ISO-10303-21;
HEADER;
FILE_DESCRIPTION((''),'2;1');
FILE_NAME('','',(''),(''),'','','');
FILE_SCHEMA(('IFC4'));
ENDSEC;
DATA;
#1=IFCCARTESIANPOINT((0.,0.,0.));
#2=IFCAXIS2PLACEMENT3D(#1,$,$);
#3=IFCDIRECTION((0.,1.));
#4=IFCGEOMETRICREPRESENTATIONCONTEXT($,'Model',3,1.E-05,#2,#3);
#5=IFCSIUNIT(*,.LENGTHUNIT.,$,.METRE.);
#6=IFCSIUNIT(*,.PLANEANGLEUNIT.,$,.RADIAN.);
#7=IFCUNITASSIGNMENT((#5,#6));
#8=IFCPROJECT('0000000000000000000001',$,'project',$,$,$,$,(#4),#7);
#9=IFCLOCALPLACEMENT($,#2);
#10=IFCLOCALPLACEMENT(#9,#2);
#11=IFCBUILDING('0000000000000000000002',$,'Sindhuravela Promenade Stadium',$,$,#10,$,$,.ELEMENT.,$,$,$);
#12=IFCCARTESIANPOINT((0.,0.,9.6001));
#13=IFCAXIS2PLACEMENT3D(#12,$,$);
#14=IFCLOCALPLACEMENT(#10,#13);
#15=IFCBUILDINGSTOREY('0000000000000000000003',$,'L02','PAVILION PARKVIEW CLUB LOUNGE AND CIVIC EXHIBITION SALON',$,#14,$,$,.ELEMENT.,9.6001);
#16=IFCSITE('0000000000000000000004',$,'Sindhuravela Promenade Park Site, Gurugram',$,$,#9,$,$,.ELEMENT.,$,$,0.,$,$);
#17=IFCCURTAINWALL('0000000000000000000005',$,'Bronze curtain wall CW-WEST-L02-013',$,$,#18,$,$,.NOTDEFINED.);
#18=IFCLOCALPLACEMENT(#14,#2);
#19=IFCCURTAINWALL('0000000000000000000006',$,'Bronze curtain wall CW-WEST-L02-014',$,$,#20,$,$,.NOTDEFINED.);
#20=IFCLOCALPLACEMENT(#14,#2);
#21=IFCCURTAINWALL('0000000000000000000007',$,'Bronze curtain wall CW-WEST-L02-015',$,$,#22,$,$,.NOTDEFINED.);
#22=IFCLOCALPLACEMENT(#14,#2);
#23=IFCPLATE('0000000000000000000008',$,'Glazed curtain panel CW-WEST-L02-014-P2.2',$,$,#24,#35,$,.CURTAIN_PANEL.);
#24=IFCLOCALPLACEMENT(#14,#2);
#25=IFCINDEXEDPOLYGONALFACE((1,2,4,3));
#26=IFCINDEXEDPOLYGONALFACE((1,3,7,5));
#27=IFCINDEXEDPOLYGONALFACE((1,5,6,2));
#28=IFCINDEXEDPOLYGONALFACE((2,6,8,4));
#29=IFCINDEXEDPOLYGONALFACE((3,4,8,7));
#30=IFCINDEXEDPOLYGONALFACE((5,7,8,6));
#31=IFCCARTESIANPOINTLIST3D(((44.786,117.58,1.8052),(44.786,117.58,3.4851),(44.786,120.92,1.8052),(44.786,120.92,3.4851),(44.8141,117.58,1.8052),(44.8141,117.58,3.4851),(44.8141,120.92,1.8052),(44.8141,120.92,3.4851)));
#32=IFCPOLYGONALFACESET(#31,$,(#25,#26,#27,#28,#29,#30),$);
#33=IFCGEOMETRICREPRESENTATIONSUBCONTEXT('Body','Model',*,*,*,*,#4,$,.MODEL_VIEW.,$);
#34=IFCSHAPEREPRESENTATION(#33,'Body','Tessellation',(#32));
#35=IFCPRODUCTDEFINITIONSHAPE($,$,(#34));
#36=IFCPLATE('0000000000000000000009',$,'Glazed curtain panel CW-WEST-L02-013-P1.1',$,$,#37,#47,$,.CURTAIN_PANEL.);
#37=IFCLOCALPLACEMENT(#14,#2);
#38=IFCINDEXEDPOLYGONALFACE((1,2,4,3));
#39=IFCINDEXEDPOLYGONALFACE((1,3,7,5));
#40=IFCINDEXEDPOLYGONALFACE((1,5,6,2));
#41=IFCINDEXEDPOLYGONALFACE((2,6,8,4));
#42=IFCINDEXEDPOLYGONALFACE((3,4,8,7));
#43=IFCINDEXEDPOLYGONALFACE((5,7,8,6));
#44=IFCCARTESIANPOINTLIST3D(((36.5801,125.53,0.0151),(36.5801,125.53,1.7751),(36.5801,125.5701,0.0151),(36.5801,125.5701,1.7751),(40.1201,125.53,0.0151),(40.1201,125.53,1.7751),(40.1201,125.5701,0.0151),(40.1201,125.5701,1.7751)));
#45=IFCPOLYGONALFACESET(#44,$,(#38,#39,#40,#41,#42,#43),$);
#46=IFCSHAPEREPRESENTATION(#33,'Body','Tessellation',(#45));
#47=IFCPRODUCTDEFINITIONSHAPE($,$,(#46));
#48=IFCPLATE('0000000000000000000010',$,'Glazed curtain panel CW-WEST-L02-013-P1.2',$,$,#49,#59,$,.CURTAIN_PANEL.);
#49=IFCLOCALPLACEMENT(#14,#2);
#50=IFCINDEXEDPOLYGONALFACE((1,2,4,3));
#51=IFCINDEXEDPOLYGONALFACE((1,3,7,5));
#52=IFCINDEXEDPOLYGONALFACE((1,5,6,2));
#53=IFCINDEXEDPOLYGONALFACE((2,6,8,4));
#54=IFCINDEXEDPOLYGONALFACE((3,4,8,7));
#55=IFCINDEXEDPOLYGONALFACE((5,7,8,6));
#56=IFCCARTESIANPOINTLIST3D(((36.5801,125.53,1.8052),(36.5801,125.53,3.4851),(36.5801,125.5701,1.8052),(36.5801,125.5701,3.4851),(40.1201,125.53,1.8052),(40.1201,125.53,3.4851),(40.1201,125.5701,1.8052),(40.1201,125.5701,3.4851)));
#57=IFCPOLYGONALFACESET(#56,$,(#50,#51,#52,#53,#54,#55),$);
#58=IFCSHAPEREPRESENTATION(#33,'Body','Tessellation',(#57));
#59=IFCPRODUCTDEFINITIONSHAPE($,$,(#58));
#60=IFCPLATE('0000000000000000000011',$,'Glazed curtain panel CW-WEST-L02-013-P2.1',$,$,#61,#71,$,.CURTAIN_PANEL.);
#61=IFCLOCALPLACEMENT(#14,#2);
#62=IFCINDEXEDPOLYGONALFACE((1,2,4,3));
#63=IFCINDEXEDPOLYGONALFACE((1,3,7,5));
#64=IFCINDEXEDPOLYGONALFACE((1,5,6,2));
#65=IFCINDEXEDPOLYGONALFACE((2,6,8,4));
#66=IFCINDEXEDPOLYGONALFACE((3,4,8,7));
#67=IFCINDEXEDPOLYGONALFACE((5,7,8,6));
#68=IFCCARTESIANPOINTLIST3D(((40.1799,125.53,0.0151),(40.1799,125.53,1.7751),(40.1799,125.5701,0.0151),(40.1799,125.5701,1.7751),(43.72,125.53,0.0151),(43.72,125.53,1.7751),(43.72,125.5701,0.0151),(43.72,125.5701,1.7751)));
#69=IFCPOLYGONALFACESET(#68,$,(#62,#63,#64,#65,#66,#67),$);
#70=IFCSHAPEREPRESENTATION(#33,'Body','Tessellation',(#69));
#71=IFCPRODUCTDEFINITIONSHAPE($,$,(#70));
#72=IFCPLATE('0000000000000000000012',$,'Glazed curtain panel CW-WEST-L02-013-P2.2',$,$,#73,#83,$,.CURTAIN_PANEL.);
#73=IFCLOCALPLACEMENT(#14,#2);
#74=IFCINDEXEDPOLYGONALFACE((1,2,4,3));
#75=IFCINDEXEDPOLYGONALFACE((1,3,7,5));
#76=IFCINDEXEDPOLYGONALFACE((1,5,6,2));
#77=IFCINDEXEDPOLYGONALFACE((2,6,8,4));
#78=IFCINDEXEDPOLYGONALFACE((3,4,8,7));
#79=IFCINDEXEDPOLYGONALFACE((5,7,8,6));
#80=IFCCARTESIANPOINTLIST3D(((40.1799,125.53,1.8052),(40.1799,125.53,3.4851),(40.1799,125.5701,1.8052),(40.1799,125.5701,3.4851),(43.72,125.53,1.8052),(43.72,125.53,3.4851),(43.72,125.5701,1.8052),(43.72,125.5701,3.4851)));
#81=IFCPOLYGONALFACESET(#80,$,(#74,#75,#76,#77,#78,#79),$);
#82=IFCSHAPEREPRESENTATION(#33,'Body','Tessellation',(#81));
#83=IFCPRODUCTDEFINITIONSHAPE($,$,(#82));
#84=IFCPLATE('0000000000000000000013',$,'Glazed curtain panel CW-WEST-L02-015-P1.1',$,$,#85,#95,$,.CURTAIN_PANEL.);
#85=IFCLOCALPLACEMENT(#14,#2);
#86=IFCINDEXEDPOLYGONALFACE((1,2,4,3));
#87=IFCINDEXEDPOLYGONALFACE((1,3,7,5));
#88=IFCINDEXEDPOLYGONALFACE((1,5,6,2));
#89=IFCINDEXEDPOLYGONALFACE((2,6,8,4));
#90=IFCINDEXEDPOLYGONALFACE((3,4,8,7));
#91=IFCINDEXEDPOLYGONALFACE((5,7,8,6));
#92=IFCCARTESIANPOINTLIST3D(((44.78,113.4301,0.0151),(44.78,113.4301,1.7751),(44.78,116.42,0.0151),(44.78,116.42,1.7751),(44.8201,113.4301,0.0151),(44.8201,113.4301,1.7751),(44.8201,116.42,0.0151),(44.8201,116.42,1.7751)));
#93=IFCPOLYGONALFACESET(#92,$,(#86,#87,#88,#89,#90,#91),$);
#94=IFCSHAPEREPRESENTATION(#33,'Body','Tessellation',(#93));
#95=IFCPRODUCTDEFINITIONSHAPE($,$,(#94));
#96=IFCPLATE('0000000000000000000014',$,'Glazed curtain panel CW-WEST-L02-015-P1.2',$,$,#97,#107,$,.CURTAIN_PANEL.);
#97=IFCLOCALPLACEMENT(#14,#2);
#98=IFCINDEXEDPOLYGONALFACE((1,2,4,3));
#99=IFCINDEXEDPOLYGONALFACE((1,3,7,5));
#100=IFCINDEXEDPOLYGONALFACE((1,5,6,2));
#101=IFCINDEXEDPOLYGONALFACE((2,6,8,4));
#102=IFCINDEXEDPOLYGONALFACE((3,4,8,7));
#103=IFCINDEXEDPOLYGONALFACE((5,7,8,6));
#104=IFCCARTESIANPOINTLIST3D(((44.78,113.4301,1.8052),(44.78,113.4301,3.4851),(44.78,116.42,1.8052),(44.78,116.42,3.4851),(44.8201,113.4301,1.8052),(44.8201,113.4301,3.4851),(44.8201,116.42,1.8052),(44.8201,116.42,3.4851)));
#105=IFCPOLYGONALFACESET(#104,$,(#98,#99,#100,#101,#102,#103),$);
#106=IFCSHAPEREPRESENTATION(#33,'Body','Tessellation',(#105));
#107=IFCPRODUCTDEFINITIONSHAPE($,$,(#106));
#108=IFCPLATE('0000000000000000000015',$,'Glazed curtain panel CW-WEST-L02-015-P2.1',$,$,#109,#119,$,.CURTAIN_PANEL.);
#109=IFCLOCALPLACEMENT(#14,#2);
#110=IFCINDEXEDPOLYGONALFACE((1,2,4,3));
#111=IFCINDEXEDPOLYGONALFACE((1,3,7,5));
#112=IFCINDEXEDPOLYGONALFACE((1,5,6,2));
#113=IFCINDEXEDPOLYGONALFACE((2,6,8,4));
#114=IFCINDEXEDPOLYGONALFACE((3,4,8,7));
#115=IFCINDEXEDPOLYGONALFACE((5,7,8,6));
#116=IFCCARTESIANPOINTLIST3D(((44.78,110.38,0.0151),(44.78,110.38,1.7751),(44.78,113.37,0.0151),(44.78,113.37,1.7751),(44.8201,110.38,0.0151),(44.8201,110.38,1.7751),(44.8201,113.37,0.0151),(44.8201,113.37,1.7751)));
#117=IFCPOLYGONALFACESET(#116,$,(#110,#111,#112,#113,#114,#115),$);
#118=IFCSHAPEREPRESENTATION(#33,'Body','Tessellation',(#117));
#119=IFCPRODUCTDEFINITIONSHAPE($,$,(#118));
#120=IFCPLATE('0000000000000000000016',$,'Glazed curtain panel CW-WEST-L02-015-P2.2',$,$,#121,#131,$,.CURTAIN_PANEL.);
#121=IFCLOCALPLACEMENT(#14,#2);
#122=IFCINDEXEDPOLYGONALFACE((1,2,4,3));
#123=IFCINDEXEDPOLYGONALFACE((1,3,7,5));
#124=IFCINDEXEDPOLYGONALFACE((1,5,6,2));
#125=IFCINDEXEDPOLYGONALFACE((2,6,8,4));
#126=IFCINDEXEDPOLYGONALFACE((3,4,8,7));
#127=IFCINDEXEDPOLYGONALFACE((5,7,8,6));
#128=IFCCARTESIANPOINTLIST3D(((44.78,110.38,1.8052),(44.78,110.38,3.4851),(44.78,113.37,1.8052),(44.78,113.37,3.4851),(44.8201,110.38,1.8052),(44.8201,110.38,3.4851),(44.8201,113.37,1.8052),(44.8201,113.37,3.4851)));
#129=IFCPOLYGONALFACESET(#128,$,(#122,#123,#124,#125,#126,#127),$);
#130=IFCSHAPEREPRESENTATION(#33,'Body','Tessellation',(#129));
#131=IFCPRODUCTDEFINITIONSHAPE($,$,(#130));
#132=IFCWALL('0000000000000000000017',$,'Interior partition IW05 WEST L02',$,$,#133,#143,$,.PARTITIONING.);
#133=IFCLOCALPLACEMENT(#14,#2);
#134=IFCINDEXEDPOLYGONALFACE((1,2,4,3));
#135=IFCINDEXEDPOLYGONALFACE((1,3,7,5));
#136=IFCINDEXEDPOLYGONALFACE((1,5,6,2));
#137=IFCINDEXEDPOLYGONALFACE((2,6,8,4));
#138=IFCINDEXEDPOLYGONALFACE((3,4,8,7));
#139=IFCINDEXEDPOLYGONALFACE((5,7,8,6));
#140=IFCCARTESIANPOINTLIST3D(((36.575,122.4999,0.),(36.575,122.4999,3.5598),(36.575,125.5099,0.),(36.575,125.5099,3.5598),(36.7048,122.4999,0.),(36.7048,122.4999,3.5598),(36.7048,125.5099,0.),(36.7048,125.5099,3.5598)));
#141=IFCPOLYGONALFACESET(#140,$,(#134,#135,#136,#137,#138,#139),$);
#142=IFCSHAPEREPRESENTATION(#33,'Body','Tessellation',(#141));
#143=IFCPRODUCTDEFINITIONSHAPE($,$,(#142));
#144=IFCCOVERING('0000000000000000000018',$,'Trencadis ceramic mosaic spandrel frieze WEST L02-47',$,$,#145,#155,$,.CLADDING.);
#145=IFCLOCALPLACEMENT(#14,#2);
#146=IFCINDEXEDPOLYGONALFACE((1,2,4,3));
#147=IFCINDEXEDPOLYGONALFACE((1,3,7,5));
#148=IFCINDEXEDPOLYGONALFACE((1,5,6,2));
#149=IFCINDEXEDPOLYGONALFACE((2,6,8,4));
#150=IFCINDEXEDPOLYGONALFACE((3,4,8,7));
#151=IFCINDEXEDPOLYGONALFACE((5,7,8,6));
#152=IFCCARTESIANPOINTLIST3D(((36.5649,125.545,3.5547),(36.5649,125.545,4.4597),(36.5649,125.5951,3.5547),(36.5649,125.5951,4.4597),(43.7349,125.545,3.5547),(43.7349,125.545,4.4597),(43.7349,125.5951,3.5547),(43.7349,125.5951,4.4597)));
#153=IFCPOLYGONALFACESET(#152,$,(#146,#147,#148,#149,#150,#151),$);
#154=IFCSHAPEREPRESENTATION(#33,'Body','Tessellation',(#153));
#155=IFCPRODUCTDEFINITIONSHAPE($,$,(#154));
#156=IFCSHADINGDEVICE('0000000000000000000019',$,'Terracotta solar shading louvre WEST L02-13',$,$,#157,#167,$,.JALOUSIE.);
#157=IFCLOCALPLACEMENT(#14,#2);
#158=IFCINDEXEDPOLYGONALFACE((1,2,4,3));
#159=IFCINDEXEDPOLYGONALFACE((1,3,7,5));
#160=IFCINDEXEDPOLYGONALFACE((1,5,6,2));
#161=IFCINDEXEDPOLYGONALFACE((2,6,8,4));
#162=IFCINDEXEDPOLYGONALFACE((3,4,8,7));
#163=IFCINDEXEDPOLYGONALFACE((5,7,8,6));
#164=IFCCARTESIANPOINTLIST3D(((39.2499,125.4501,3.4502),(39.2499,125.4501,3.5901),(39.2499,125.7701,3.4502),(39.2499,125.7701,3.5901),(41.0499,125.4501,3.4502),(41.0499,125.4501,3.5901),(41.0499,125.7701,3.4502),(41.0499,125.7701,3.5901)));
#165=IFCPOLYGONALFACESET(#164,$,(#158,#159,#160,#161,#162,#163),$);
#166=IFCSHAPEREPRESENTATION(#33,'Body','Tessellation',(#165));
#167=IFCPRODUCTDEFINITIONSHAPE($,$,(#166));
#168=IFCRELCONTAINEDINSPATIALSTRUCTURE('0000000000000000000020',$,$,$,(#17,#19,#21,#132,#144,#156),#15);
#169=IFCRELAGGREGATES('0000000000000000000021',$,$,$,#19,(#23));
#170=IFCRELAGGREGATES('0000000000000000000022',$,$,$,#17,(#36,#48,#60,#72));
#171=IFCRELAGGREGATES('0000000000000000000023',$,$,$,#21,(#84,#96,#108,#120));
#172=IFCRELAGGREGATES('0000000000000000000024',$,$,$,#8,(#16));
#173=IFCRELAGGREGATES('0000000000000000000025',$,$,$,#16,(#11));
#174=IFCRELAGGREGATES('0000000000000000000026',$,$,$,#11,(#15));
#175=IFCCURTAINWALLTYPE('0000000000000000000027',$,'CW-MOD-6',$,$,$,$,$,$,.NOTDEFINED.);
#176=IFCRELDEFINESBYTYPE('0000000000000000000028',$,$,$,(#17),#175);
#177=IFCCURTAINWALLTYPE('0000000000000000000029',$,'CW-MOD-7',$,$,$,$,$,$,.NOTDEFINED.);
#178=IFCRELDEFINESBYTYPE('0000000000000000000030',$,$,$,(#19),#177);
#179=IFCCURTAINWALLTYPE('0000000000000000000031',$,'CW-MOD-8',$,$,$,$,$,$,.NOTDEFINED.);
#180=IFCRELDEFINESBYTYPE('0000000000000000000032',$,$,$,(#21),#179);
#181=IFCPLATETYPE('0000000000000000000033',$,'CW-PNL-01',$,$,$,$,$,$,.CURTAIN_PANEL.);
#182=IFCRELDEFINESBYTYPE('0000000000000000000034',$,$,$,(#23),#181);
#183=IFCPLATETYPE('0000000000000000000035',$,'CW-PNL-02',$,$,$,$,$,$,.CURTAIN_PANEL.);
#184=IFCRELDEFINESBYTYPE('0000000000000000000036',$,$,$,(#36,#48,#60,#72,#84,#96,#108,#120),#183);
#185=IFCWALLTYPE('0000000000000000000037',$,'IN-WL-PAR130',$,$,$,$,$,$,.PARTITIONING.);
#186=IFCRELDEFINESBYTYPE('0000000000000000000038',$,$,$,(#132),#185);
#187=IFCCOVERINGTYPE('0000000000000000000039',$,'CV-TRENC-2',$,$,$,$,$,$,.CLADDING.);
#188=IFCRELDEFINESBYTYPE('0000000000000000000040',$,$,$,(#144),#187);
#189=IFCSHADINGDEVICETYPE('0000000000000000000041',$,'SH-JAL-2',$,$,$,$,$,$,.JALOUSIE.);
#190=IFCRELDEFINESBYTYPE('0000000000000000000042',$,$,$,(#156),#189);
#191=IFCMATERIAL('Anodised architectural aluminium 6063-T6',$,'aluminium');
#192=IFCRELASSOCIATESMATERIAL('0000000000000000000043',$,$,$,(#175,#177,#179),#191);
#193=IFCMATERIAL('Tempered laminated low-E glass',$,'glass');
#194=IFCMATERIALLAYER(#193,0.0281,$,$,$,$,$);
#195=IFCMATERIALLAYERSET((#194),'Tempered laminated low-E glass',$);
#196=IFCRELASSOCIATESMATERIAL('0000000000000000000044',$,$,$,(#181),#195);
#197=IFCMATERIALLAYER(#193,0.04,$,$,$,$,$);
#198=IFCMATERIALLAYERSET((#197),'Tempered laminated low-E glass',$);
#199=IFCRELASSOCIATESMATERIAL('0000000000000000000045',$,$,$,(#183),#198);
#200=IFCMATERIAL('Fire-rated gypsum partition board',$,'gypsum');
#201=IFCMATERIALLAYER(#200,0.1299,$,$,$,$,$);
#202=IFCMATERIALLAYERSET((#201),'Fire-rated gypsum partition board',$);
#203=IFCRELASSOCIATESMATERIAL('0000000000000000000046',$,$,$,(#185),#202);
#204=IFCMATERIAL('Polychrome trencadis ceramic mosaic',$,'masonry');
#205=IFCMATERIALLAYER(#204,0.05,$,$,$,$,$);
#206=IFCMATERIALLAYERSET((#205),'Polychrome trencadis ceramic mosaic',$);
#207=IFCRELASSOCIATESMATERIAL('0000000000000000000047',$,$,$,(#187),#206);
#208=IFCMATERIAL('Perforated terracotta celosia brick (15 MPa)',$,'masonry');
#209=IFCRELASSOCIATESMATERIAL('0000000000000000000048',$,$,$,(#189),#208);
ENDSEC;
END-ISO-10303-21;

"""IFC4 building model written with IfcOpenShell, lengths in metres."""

from ifc_helpers import new_model, si_unit, direction, frame, frame_2d, origin, origin_2d, place, context, subcontext, project, spatial, rectangle, extrude, material, layer, layer_set, type_object, element, aggregate, save


model = new_model("IFC4")

# Units and contexts
model_context = context("Model", 3, precision=1e-05, world=origin(), true_north=direction((0.0, 1.0)))
body_context = subcontext(model_context, "Body", "Model", "MODEL_VIEW")
ifc_project = project(units=[si_unit("LENGTHUNIT", "METRE"), si_unit("PLANEANGLEUNIT", "RADIAN")], contexts=[model_context])

# Site, building, storey
site_placement = place(None, origin())
site = spatial("IfcSite", under=ifc_project, at=site_placement, Name="Sindhuravela Promenade Park Site, Gurugram", CompositionType="ELEMENT", RefElevation=0.0)
building_placement = place(site_placement, origin())
building = spatial("IfcBuilding", under=site, at=building_placement, Name="Sindhuravela Promenade Stadium", CompositionType="ELEMENT")
storey_placement = place(building_placement, frame((0.0, 0.0, 9.6001)))
storey = spatial("IfcBuildingStorey", under=building, at=storey_placement, Name="L02", Description="PAVILION PARKVIEW CLUB LOUNGE AND CIVIC EXHIBITION SALON", CompositionType="ELEMENT", Elevation=9.6001)

# Curtain walls
ifc_material_1 = material(Name="Anodised architectural aluminium 6063-T6", Category="aluminium")
curtain_wall_type_1 = type_object("IfcCurtainWallType", Name="CW-MOD-6", PredefinedType="NOTDEFINED", material=ifc_material_1)
curtain_wall_1_placement = place(storey_placement, origin())
curtain_wall_1 = element("IfcCurtainWall", 1, at=curtain_wall_1_placement, inside=storey, type_object=curtain_wall_type_1, Name="Bronze curtain wall CW-WEST-L02-013", PredefinedType="NOTDEFINED")
curtain_wall_type_2 = type_object("IfcCurtainWallType", Name="CW-MOD-7", PredefinedType="NOTDEFINED", material=ifc_material_1)
curtain_wall_2_placement = place(storey_placement, origin())
curtain_wall_2 = element("IfcCurtainWall", 2, at=curtain_wall_2_placement, inside=storey, type_object=curtain_wall_type_2, Name="Bronze curtain wall CW-WEST-L02-014", PredefinedType="NOTDEFINED")
curtain_wall_type_3 = type_object("IfcCurtainWallType", Name="CW-MOD-8", PredefinedType="NOTDEFINED", material=ifc_material_1)
curtain_wall_3_placement = place(storey_placement, origin())
curtain_wall_3 = element("IfcCurtainWall", 3, at=curtain_wall_3_placement, inside=storey, type_object=curtain_wall_type_3, Name="Bronze curtain wall CW-WEST-L02-015", PredefinedType="NOTDEFINED")

# Plates
ifc_material_2 = material(Name="Tempered laminated low-E glass", Category="glass")
ifc_layer_1 = layer(ifc_material_2, 0.0281)
ifc_layer_set_1 = layer_set([ifc_layer_1], Name="Tempered laminated low-E glass")
plate_type_1 = type_object("IfcPlateType", Name="CW-PNL-01", PredefinedType="CURTAIN_PANEL", material=ifc_layer_set_1)
plate_1_placement = place(storey_placement, frame((44.8, 119.25, 1.8052), z_axis=(0.0, 0.0, 1.0), x_axis=(0.0, -1.0, 0.0)))
plate_1 = element("IfcPlate", 4, at=plate_1_placement, type_object=plate_type_1, Name="Glazed curtain panel CW-WEST-L02-014-P2.2", PredefinedType="CURTAIN_PANEL", context=body_context, shape_type="SweptSolid", body=[
    extrude(rectangle(XDim=3.3401, YDim=0.0281, at=origin_2d()), origin(), (0.0, 0.0, 1.0), 1.6799),
])
aggregate(curtain_wall_2, [plate_1])
ifc_layer_2 = layer(ifc_material_2, 0.04)
ifc_layer_set_2 = layer_set([ifc_layer_2], Name="Tempered laminated low-E glass")
plate_type_2 = type_object("IfcPlateType", Name="CW-PNL-02", PredefinedType="CURTAIN_PANEL", material=ifc_layer_set_2)
plate_2_placement = place(storey_placement, frame((38.3501, 125.55, 0.0151), z_axis=(0.0, 0.0, 1.0), x_axis=(1.0, 0.0, 0.0)))
plate_2 = element("IfcPlate", 5, at=plate_2_placement, type_object=plate_type_2, Name="Glazed curtain panel CW-WEST-L02-013-P1.1", PredefinedType="CURTAIN_PANEL", context=body_context, shape_type="SweptSolid", body=[
    extrude(rectangle(XDim=3.54, YDim=0.04, at=origin_2d()), origin(), (0.0, 0.0, 1.0), 1.76),
])
plate_3_placement = place(storey_placement, frame((38.3501, 125.55, 1.8052), z_axis=(0.0, 0.0, 1.0), x_axis=(1.0, 0.0, 0.0)))
plate_3 = element("IfcPlate", 6, at=plate_3_placement, type_object=plate_type_2, Name="Glazed curtain panel CW-WEST-L02-013-P1.2", PredefinedType="CURTAIN_PANEL", context=body_context, shape_type="SweptSolid", body=[
    extrude(rectangle(XDim=3.54, YDim=0.04, at=origin_2d()), origin(), (0.0, 0.0, 1.0), 1.6799),
])
plate_4_placement = place(storey_placement, frame((41.95, 125.55, 0.0151), z_axis=(0.0, 0.0, 1.0), x_axis=(1.0, 0.0, 0.0)))
plate_4 = element("IfcPlate", 7, at=plate_4_placement, type_object=plate_type_2, Name="Glazed curtain panel CW-WEST-L02-013-P2.1", PredefinedType="CURTAIN_PANEL", context=body_context, shape_type="SweptSolid", body=[
    extrude(rectangle(XDim=3.54, YDim=0.04, at=origin_2d()), origin(), (0.0, 0.0, 1.0), 1.76),
])
plate_5_placement = place(storey_placement, frame((41.95, 125.55, 1.8052), z_axis=(0.0, 0.0, 1.0), x_axis=(1.0, 0.0, 0.0)))
plate_5 = element("IfcPlate", 8, at=plate_5_placement, type_object=plate_type_2, Name="Glazed curtain panel CW-WEST-L02-013-P2.2", PredefinedType="CURTAIN_PANEL", context=body_context, shape_type="SweptSolid", body=[
    extrude(rectangle(XDim=3.54, YDim=0.04, at=origin_2d()), origin(), (0.0, 0.0, 1.0), 1.6799),
])
aggregate(curtain_wall_1, [plate_2, plate_3, plate_4, plate_5])
plate_6_placement = place(storey_placement, frame((44.8, 114.925, 0.0151), z_axis=(0.0, 0.0, 1.0), x_axis=(0.0, -1.0, 0.0)))
plate_6 = element("IfcPlate", 9, at=plate_6_placement, type_object=plate_type_2, Name="Glazed curtain panel CW-WEST-L02-015-P1.1", PredefinedType="CURTAIN_PANEL", context=body_context, shape_type="SweptSolid", body=[
    extrude(rectangle(XDim=2.99, YDim=0.04, at=origin_2d()), origin(), (0.0, 0.0, 1.0), 1.76),
])
plate_7_placement = place(storey_placement, frame((44.8, 114.925, 1.8052), z_axis=(0.0, 0.0, 1.0), x_axis=(0.0, -1.0, 0.0)))
plate_7 = element("IfcPlate", 10, at=plate_7_placement, type_object=plate_type_2, Name="Glazed curtain panel CW-WEST-L02-015-P1.2", PredefinedType="CURTAIN_PANEL", context=body_context, shape_type="SweptSolid", body=[
    extrude(rectangle(XDim=2.99, YDim=0.04, at=origin_2d()), origin(), (0.0, 0.0, 1.0), 1.6799),
])
plate_8_placement = place(storey_placement, frame((44.8, 111.875, 0.0151), z_axis=(0.0, 0.0, 1.0), x_axis=(0.0, -1.0, 0.0)))
plate_8 = element("IfcPlate", 11, at=plate_8_placement, type_object=plate_type_2, Name="Glazed curtain panel CW-WEST-L02-015-P2.1", PredefinedType="CURTAIN_PANEL", context=body_context, shape_type="SweptSolid", body=[
    extrude(rectangle(XDim=2.99, YDim=0.04, at=origin_2d()), origin(), (0.0, 0.0, 1.0), 1.76),
])
plate_9_placement = place(storey_placement, frame((44.8, 111.875, 1.8052), z_axis=(0.0, 0.0, 1.0), x_axis=(0.0, -1.0, 0.0)))
plate_9 = element("IfcPlate", 12, at=plate_9_placement, type_object=plate_type_2, Name="Glazed curtain panel CW-WEST-L02-015-P2.2", PredefinedType="CURTAIN_PANEL", context=body_context, shape_type="SweptSolid", body=[
    extrude(rectangle(XDim=2.99, YDim=0.04, at=origin_2d()), origin(), (0.0, 0.0, 1.0), 1.6799),
])
aggregate(curtain_wall_3, [plate_6, plate_7, plate_8, plate_9])

# Wall
ifc_material_3 = material(Name="Fire-rated gypsum partition board", Category="gypsum")
ifc_layer_3 = layer(ifc_material_3, 0.1299)
ifc_layer_set_3 = layer_set([ifc_layer_3], Name="Fire-rated gypsum partition board")
wall_type = type_object("IfcWallType", Name="IN-WL-PAR130", PredefinedType="PARTITIONING", material=ifc_layer_set_3)
wall_placement = place(storey_placement, frame((36.6399, 122.5, 0.0), z_axis=(0.0, 0.0, 1.0), x_axis=(0.0, 1.0, 0.0)))
element("IfcWall", 13, at=wall_placement, inside=storey, type_object=wall_type, Name="Interior partition IW05 WEST L02", PredefinedType="PARTITIONING", context=body_context, shape_type="SweptSolid", body=[
    extrude(rectangle(XDim=3.01, YDim=0.1299, at=frame_2d((1.5049, 0.0))), origin(), (0.0, 0.0, 1.0), 3.5598),
])

# Covering
ifc_material_4 = material(Name="Polychrome trencadis ceramic mosaic", Category="masonry")
ifc_layer_4 = layer(ifc_material_4, 0.05)
ifc_layer_set_4 = layer_set([ifc_layer_4], Name="Polychrome trencadis ceramic mosaic")
covering_type = type_object("IfcCoveringType", Name="CV-TRENC-2", PredefinedType="CLADDING", material=ifc_layer_set_4)
covering_placement = place(storey_placement, frame((40.1499, 125.5701, 3.5547), z_axis=(0.0, 0.0, 1.0), x_axis=(1.0, 0.0, 0.0)))
element("IfcCovering", 14, at=covering_placement, inside=storey, type_object=covering_type, Name="Trencadis ceramic mosaic spandrel frieze WEST L02-47", PredefinedType="CLADDING", context=body_context, shape_type="SweptSolid", body=[
    extrude(rectangle(XDim=7.1699, YDim=0.05, at=origin_2d()), origin(), (0.0, 0.0, 1.0), 0.905),
])

# Shading device
ifc_material_5 = material(Name="Perforated terracotta celosia brick (15 MPa)", Category="masonry")
shading_device_type = type_object("IfcShadingDeviceType", Name="SH-JAL-2", PredefinedType="JALOUSIE", material=ifc_material_5)
shading_device_placement = place(storey_placement, frame((40.1499, 125.6101, 3.4502), z_axis=(0.0, 0.0, 1.0), x_axis=(1.0, 0.0, 0.0)))
element("IfcShadingDevice", 15, at=shading_device_placement, inside=storey, type_object=shading_device_type, Name="Terracotta solar shading louvre WEST L02-13", PredefinedType="JALOUSIE", context=body_context, shape_type="SweptSolid", body=[
    extrude(rectangle(XDim=1.8, YDim=0.3201, at=origin_2d()), origin(), (0.0, 0.0, 1.0), 0.1399),
])

save(model, "model.ifc")
